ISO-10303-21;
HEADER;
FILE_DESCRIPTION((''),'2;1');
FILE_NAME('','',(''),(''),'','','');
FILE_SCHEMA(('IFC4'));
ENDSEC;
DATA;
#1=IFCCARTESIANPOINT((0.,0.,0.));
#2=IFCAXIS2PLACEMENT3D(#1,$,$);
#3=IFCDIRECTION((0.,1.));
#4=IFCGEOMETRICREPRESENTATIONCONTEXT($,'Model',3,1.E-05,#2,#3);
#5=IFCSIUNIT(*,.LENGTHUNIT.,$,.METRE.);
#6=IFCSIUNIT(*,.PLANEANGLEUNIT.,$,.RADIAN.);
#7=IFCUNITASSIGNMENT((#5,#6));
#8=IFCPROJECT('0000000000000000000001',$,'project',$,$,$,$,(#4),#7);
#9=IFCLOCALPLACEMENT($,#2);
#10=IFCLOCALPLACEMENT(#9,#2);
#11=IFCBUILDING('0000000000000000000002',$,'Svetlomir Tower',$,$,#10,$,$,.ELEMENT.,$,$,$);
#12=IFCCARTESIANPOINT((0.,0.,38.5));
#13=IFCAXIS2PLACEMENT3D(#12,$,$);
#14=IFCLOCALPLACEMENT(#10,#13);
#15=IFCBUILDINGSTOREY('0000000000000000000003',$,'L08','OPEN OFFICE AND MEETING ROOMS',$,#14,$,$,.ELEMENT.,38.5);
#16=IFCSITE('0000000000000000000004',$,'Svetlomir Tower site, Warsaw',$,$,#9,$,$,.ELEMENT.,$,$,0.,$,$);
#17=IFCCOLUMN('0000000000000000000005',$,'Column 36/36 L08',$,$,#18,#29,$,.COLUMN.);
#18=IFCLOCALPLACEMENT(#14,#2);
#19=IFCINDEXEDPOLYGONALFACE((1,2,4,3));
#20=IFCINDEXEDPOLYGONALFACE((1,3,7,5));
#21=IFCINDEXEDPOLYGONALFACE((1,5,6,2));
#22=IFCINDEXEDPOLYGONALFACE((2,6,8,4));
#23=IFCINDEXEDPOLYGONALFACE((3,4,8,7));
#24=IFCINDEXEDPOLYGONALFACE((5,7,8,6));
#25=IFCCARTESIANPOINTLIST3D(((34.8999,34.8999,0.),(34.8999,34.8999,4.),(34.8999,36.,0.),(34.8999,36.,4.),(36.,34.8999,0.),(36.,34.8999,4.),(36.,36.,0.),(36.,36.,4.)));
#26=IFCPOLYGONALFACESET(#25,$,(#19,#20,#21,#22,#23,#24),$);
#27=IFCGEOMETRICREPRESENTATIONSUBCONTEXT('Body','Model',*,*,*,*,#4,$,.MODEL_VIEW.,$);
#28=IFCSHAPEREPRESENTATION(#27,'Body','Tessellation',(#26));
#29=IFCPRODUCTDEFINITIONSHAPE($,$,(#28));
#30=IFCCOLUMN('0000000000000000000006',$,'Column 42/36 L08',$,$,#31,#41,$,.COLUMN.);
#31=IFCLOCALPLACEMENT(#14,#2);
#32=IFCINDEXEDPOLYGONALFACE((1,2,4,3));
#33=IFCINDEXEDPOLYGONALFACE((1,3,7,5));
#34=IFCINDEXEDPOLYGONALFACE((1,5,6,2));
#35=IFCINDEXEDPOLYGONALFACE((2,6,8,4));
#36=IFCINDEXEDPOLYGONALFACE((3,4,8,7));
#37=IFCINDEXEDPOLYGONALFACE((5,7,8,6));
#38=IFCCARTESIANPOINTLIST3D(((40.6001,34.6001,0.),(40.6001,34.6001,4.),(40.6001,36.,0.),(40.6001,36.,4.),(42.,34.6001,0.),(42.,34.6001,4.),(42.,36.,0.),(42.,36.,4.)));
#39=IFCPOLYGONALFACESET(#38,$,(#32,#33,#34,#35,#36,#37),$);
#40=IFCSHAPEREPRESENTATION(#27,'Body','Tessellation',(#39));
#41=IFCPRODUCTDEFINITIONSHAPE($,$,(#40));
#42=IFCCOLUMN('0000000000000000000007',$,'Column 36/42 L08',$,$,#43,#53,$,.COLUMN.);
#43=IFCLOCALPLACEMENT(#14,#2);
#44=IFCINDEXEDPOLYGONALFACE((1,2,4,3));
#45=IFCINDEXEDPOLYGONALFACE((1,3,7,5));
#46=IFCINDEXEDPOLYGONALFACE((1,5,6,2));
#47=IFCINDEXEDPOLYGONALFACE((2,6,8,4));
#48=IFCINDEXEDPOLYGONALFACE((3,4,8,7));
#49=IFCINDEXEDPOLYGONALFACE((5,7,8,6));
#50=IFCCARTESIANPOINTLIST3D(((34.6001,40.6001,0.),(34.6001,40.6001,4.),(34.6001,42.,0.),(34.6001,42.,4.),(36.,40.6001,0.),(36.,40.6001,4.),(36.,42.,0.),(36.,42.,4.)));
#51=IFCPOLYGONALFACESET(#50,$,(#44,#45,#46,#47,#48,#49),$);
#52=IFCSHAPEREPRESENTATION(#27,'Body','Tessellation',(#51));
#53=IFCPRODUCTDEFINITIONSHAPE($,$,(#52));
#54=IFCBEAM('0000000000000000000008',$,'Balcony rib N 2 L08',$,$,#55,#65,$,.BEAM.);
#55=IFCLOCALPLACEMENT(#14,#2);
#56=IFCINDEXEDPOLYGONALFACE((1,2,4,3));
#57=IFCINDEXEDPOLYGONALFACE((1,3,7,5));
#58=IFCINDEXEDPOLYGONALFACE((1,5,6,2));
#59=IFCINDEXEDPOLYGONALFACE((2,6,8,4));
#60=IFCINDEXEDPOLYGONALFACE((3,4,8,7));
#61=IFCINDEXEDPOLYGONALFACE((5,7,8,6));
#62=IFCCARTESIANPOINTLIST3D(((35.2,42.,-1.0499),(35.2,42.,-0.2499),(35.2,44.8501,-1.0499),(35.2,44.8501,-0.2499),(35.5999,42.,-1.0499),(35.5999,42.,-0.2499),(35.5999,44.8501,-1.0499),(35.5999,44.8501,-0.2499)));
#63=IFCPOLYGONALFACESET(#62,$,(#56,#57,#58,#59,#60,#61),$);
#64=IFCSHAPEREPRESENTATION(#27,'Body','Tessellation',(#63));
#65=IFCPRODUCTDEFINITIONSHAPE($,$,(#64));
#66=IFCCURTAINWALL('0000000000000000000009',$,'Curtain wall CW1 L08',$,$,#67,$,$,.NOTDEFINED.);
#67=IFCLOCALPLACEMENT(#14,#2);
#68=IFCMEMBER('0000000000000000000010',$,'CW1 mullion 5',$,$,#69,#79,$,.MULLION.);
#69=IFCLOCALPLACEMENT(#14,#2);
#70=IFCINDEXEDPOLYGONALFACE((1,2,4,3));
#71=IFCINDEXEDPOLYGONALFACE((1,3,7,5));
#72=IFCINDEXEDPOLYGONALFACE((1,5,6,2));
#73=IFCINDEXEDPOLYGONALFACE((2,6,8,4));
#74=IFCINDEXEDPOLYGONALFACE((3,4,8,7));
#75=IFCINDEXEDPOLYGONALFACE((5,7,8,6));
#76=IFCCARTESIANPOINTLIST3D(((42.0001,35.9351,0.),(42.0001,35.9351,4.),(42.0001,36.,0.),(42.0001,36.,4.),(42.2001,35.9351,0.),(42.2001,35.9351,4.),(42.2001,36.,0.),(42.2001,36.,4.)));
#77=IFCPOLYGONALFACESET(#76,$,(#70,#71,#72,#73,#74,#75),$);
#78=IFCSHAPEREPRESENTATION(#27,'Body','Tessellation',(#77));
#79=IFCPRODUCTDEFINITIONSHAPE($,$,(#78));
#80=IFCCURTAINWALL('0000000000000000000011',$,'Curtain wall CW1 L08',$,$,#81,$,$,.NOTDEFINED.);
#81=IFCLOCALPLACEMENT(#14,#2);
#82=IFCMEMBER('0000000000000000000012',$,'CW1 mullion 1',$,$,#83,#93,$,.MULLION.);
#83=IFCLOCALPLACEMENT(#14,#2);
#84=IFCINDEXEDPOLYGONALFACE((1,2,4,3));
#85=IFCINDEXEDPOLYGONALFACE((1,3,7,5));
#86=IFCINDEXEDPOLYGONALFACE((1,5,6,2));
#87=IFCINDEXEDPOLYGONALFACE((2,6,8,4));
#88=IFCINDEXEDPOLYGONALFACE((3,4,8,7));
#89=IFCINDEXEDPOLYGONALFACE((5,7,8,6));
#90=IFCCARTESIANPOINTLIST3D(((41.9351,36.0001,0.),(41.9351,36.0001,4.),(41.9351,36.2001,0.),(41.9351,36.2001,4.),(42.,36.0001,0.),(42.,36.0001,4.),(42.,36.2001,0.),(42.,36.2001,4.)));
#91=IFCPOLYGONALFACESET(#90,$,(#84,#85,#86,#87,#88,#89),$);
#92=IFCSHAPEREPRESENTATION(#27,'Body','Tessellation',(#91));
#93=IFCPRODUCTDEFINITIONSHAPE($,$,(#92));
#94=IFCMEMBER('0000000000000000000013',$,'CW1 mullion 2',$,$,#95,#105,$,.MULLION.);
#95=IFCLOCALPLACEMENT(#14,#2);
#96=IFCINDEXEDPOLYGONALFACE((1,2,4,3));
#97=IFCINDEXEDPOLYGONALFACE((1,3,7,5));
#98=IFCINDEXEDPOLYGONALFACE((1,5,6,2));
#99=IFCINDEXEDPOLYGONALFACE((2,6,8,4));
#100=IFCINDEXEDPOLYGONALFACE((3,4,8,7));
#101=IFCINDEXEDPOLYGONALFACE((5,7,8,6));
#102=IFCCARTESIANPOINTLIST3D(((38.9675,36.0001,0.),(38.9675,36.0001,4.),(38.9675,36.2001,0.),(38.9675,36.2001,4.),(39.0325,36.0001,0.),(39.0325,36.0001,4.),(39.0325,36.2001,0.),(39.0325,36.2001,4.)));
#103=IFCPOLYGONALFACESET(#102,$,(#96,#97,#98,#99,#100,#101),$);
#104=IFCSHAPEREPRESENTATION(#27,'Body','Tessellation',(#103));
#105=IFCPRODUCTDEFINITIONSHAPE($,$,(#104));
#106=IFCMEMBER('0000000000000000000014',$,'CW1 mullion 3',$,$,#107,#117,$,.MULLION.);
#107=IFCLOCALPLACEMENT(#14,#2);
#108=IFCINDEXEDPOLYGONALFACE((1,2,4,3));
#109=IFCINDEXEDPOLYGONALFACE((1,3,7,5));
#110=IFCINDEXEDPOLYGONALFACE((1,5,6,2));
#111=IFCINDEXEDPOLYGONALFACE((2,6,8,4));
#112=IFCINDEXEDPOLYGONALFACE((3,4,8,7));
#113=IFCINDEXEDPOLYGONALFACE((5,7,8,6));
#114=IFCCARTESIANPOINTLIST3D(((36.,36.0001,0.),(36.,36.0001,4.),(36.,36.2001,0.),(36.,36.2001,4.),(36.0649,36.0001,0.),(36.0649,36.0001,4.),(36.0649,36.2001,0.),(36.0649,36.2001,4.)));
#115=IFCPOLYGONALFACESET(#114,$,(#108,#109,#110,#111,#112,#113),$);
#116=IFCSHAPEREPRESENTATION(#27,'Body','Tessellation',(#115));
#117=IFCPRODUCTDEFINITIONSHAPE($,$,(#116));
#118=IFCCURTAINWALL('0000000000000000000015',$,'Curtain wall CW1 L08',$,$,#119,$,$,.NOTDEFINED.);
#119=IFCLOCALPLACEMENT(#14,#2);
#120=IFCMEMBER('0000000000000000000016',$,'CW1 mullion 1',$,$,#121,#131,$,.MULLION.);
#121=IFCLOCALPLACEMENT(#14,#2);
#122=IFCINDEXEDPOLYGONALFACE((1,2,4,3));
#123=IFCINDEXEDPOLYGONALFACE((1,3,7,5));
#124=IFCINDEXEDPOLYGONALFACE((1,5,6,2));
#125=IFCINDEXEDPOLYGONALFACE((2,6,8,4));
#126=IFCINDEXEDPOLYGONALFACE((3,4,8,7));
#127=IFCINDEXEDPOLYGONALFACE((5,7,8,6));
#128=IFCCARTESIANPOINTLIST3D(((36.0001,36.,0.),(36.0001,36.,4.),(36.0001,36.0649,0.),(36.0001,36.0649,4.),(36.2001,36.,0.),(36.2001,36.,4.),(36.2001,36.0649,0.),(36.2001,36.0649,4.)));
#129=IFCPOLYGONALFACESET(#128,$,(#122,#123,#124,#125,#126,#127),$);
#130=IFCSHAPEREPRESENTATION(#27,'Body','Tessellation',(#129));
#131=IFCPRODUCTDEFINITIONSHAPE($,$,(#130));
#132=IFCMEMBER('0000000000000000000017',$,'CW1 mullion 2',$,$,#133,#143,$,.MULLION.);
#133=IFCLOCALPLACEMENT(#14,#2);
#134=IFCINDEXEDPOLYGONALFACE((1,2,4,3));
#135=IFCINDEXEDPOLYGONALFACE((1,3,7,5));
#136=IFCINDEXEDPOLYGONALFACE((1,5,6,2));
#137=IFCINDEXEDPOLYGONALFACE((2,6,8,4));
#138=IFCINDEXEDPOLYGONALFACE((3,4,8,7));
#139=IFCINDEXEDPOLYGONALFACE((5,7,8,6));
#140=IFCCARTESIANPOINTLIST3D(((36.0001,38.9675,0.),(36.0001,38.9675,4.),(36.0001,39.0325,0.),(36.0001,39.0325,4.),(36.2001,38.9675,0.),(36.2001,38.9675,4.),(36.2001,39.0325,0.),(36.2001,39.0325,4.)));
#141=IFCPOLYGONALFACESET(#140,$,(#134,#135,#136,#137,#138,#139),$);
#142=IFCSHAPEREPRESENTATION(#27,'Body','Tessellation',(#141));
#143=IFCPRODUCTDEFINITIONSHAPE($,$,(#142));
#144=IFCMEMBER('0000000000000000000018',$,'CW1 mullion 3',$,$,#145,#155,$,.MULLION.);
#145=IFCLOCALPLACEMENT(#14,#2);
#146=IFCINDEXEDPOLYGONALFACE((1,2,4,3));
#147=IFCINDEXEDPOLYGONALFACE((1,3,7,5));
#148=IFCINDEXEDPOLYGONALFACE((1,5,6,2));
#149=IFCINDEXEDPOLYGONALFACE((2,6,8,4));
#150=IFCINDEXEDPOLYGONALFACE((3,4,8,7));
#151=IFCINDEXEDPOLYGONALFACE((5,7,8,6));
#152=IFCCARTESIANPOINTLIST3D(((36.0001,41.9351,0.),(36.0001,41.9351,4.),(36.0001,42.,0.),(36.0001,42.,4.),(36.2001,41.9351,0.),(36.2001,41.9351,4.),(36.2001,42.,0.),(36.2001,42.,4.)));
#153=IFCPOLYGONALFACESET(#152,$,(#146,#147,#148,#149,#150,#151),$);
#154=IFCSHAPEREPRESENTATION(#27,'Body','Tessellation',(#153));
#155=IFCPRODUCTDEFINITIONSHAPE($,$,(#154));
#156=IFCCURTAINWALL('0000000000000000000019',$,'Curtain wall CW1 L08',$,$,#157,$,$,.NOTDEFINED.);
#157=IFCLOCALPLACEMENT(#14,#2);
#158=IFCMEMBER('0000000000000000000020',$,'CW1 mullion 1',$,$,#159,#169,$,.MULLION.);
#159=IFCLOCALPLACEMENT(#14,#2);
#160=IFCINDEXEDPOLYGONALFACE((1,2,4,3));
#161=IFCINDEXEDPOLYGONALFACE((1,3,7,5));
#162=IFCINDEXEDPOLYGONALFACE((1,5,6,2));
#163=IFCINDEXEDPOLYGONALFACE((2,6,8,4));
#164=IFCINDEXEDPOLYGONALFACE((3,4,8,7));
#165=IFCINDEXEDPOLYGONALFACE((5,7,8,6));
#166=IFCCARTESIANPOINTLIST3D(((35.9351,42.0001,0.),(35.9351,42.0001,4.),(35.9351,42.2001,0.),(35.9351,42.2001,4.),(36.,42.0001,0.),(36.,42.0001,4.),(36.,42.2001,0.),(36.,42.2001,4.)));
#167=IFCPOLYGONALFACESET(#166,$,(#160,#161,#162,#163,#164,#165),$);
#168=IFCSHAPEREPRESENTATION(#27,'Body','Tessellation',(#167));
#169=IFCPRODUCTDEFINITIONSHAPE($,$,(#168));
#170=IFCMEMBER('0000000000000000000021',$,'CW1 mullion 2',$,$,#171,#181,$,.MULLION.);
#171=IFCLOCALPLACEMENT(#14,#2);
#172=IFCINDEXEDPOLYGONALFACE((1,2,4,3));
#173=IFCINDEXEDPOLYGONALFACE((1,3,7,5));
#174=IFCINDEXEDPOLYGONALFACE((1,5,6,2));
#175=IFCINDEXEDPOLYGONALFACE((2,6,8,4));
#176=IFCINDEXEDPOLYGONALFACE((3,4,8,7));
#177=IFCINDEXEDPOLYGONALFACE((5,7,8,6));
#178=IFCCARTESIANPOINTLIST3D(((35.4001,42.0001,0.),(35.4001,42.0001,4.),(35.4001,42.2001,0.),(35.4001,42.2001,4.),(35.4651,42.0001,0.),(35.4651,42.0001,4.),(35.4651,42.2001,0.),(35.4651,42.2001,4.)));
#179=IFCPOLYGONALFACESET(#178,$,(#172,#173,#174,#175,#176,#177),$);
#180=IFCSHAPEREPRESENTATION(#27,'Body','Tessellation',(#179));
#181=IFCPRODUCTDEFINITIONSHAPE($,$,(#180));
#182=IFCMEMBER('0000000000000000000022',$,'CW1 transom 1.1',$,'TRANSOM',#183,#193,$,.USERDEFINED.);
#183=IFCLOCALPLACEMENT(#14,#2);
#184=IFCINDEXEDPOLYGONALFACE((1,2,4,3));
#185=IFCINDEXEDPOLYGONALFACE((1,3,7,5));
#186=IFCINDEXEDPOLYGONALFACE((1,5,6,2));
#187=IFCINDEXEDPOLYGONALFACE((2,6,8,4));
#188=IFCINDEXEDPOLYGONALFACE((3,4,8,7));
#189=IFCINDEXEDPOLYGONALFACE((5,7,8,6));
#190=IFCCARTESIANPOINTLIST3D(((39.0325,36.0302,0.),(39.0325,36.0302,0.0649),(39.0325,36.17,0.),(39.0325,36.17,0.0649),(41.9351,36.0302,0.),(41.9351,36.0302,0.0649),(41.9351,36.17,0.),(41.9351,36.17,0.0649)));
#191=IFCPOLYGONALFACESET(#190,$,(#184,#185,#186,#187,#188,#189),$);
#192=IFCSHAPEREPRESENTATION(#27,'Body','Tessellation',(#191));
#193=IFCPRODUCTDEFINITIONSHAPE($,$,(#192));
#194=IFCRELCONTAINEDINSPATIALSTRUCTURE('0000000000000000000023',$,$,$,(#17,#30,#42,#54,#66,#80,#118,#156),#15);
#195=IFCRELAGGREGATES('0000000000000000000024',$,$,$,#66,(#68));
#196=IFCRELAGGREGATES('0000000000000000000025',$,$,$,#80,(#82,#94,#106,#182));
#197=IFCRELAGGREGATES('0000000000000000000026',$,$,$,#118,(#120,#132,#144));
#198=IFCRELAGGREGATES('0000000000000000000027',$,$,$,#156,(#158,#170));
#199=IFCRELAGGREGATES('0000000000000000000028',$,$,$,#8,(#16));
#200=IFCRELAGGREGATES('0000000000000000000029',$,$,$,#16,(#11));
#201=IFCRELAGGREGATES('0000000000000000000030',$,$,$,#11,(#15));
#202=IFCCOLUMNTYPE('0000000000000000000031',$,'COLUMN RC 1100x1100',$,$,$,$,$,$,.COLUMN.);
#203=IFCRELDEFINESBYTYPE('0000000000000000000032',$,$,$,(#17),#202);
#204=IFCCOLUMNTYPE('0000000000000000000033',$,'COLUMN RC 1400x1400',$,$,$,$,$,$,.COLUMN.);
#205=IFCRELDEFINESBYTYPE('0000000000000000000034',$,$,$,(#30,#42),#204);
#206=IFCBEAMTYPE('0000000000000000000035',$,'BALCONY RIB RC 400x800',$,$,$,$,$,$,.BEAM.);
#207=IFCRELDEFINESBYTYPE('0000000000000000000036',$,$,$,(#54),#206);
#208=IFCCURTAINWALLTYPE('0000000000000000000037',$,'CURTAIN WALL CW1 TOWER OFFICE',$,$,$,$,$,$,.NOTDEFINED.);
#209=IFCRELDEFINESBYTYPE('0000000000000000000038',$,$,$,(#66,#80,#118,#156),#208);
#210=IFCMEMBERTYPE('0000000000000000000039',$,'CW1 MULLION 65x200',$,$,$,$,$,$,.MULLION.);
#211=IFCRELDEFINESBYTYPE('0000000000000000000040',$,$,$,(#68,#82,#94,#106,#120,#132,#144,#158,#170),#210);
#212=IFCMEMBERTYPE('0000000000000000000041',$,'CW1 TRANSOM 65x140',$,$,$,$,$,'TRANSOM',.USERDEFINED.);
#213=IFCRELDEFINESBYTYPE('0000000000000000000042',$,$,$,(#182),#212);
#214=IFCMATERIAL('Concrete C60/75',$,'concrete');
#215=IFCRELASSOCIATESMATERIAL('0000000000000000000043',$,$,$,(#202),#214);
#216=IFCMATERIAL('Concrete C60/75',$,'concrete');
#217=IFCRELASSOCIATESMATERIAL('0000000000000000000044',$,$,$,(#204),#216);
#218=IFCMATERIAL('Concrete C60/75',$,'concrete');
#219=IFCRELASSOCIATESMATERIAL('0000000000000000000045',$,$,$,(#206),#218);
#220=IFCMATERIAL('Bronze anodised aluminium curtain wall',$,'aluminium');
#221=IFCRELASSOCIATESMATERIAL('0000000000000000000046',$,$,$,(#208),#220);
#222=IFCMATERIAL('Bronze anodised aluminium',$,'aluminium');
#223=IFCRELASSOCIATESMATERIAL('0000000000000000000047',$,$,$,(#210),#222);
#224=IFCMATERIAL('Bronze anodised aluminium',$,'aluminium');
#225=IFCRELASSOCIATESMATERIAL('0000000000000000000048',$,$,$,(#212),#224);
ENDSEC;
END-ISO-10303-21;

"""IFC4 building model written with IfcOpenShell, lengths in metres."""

from ifc_helpers import new_model, si_unit, direction, frame, origin, origin_2d, place, context, subcontext, project, spatial, rectangle, extrude, material, material_profile, profile_set, type_object, element, aggregate, save


model = new_model("IFC4")

# Units and contexts
model_context = context("Model", 3, precision=1e-05, world=origin(), true_north=direction((0.0, 1.0)))
body_context = subcontext(model_context, "Body", "Model", "MODEL_VIEW")
ifc_project = project(units=[si_unit("LENGTHUNIT", "METRE"), si_unit("PLANEANGLEUNIT", "RADIAN")], contexts=[model_context])

# Site, building, storey
site_placement = place(None, origin())
site = spatial("IfcSite", under=ifc_project, at=site_placement, Name="Svetlomir Tower site, Warsaw", CompositionType="ELEMENT", RefElevation=0.0)
building_placement = place(site_placement, origin())
building = spatial("IfcBuilding", under=site, at=building_placement, Name="Svetlomir Tower", CompositionType="ELEMENT")
storey_placement = place(building_placement, frame((0.0, 0.0, 38.5)))
storey = spatial("IfcBuildingStorey", under=building, at=storey_placement, Name="L08", Description="OPEN OFFICE AND MEETING ROOMS", CompositionType="ELEMENT", Elevation=38.5)

# Columns
ifc_material_1 = material(Name="Concrete C60/75", Category="concrete")
ifc_material_profile_1 = material_profile(ifc_material_1, rectangle(XDim=1.1001, YDim=1.1001, at=origin_2d()), Name="RC 1100x1100")
ifc_profile_set_1 = profile_set([ifc_material_profile_1], Name="Concrete C60/75")
column_type_1 = type_object("IfcColumnType", Name="COLUMN RC 1100x1100", PredefinedType="COLUMN", material=ifc_profile_set_1)
column_placement = place(storey_placement, frame((35.45, 35.45, 0.0), z_axis=(0.0, 0.0, 1.0), x_axis=(1.0, 0.0, 0.0)))
element("IfcColumn", 1, at=column_placement, inside=storey, type_object=column_type_1, Name="Column 36/36 L08", PredefinedType="COLUMN", context=body_context, shape_type="SweptSolid", body=[
    extrude(rectangle(XDim=1.1001, YDim=1.1001, at=origin_2d()), origin(), (0.0, 0.0, 1.0), 4.0),
])
ifc_material_2 = material(Name="Concrete C60/75", Category="concrete")
ifc_material_profile_2 = material_profile(ifc_material_2, rectangle(XDim=1.3999, YDim=1.3999, at=origin_2d()), Name="RC 1400x1400")
ifc_profile_set_2 = profile_set([ifc_material_profile_2], Name="Concrete C60/75")
column_type_2 = type_object("IfcColumnType", Name="COLUMN RC 1400x1400", PredefinedType="COLUMN", material=ifc_profile_set_2)
for number, where, z_axis, x_axis, name in (
    (2, (41.3, 35.3, 0.0), (0.0, 0.0, 1.0), (1.0, 0.0, 0.0), "Column 42/36 L08"),
    (3, (35.3, 41.3, 0.0), (0.0, 0.0, 1.0), (1.0, 0.0, 0.0), "Column 36/42 L08"),
):
    element("IfcColumn", number, at=place(storey_placement, frame(where, z_axis=z_axis, x_axis=x_axis)), inside=storey, type_object=column_type_2, Name=name, PredefinedType="COLUMN", context=body_context, shape_type="SweptSolid", body=[
        extrude(rectangle(XDim=1.3999, YDim=1.3999, at=origin_2d()), origin(), (0.0, 0.0, 1.0), 4.0),
    ])

# Beam
ifc_material_3 = material(Name="Concrete C60/75", Category="concrete")
ifc_material_profile_3 = material_profile(ifc_material_3, rectangle(XDim=0.3999, YDim=0.8, at=origin_2d()), Name="RC 400x800")
ifc_profile_set_3 = profile_set([ifc_material_profile_3], Name="Concrete C60/75")
beam_type_1 = type_object("IfcBeamType", Name="BALCONY RIB RC 400x800", PredefinedType="BEAM", material=ifc_profile_set_3)
beam_placement = place(storey_placement, frame((35.3999, 42.0, -0.6499), z_axis=(0.0, 1.0, 0.0), x_axis=(-1.0, 0.0, 0.0)))
element("IfcBeam", 4, at=beam_placement, inside=storey, type_object=beam_type_1, Name="Balcony rib N 2 L08", PredefinedType="BEAM", context=body_context, shape_type="SweptSolid", body=[
    extrude(rectangle(XDim=0.3999, YDim=0.8, at=origin_2d()), origin(), (0.0, 0.0, 1.0), 2.8501),
])

# Curtain wall, member
ifc_material_4 = material(Name="Bronze anodised aluminium curtain wall", Category="aluminium")
curtain_wall_type = type_object("IfcCurtainWallType", Name="CURTAIN WALL CW1 TOWER OFFICE", PredefinedType="NOTDEFINED", material=ifc_material_4)
curtain_wall_1_placement = place(storey_placement, origin())
curtain_wall_1 = element("IfcCurtainWall", 5, at=curtain_wall_1_placement, inside=storey, type_object=curtain_wall_type, Name="Curtain wall CW1 L08", PredefinedType="NOTDEFINED")
ifc_material_5 = material(Name="Bronze anodised aluminium", Category="aluminium")
ifc_material_profile_4 = material_profile(ifc_material_5, rectangle(XDim=0.0649, YDim=0.2, at=origin_2d()), Name="AL 65x200")
ifc_profile_set_4 = profile_set([ifc_material_profile_4], Name="Bronze anodised aluminium 6063-T6")
member_type_1 = type_object("IfcMemberType", Name="CW1 MULLION 65x200", PredefinedType="MULLION", material=ifc_profile_set_4)
member_1_placement = place(storey_placement, frame((42.1001, 35.9675, 0.0), z_axis=(0.0, 0.0, 1.0), x_axis=(0.0, 1.0, 0.0)))
member_1 = element("IfcMember", 6, at=member_1_placement, type_object=member_type_1, Name="CW1 mullion 5", PredefinedType="MULLION", context=body_context, shape_type="SweptSolid", body=[
    extrude(rectangle(XDim=0.0649, YDim=0.2, at=origin_2d()), origin(), (0.0, 0.0, 1.0), 4.0),
])
aggregate(curtain_wall_1, [member_1])

# Curtain walls, members
curtain_wall_2_placement = place(storey_placement, origin())
curtain_wall_2 = element("IfcCurtainWall", 7, at=curtain_wall_2_placement, inside=storey, type_object=curtain_wall_type, Name="Curtain wall CW1 L08", PredefinedType="NOTDEFINED")
member_2_placement = place(storey_placement, frame((41.9675, 36.1001, 0.0), z_axis=(0.0, 0.0, 1.0), x_axis=(-1.0, 0.0, 0.0)))
member_2 = element("IfcMember", 8, at=member_2_placement, type_object=member_type_1, Name="CW1 mullion 1", PredefinedType="MULLION", context=body_context, shape_type="SweptSolid", body=[
    extrude(rectangle(XDim=0.0649, YDim=0.2, at=origin_2d()), origin(), (0.0, 0.0, 1.0), 4.0),
])
member_3_placement = place(storey_placement, frame((39.0, 36.1001, 0.0), z_axis=(0.0, 0.0, 1.0), x_axis=(-1.0, 0.0, 0.0)))
member_3 = element("IfcMember", 9, at=member_3_placement, type_object=member_type_1, Name="CW1 mullion 2", PredefinedType="MULLION", context=body_context, shape_type="SweptSolid", body=[
    extrude(rectangle(XDim=0.0649, YDim=0.2, at=origin_2d()), origin(), (0.0, 0.0, 1.0), 4.0),
])
member_4_placement = place(storey_placement, frame((36.0325, 36.1001, 0.0), z_axis=(0.0, 0.0, 1.0), x_axis=(-1.0, 0.0, 0.0)))
member_4 = element("IfcMember", 10, at=member_4_placement, type_object=member_type_1, Name="CW1 mullion 3", PredefinedType="MULLION", context=body_context, shape_type="SweptSolid", body=[
    extrude(rectangle(XDim=0.0649, YDim=0.2, at=origin_2d()), origin(), (0.0, 0.0, 1.0), 4.0),
])
curtain_wall_3_placement = place(storey_placement, origin())
curtain_wall_3 = element("IfcCurtainWall", 11, at=curtain_wall_3_placement, inside=storey, type_object=curtain_wall_type, Name="Curtain wall CW1 L08", PredefinedType="NOTDEFINED")
member_5_placement = place(storey_placement, frame((36.1001, 36.0325, 0.0), z_axis=(0.0, 0.0, 1.0), x_axis=(0.0, 1.0, 0.0)))
member_5 = element("IfcMember", 12, at=member_5_placement, type_object=member_type_1, Name="CW1 mullion 1", PredefinedType="MULLION", context=body_context, shape_type="SweptSolid", body=[
    extrude(rectangle(XDim=0.0649, YDim=0.2, at=origin_2d()), origin(), (0.0, 0.0, 1.0), 4.0),
])
member_6_placement = place(storey_placement, frame((36.1001, 39.0, 0.0), z_axis=(0.0, 0.0, 1.0), x_axis=(0.0, 1.0, 0.0)))
member_6 = element("IfcMember", 13, at=member_6_placement, type_object=member_type_1, Name="CW1 mullion 2", PredefinedType="MULLION", context=body_context, shape_type="SweptSolid", body=[
    extrude(rectangle(XDim=0.0649, YDim=0.2, at=origin_2d()), origin(), (0.0, 0.0, 1.0), 4.0),
])
member_7_placement = place(storey_placement, frame((36.1001, 41.9675, 0.0), z_axis=(0.0, 0.0, 1.0), x_axis=(0.0, 1.0, 0.0)))
member_7 = element("IfcMember", 14, at=member_7_placement, type_object=member_type_1, Name="CW1 mullion 3", PredefinedType="MULLION", context=body_context, shape_type="SweptSolid", body=[
    extrude(rectangle(XDim=0.0649, YDim=0.2, at=origin_2d()), origin(), (0.0, 0.0, 1.0), 4.0),
])
curtain_wall_4_placement = place(storey_placement, origin())
curtain_wall_4 = element("IfcCurtainWall", 15, at=curtain_wall_4_placement, inside=storey, type_object=curtain_wall_type, Name="Curtain wall CW1 L08", PredefinedType="NOTDEFINED")
member_8_placement = place(storey_placement, frame((35.9675, 42.1001, 0.0), z_axis=(0.0, 0.0, 1.0), x_axis=(-1.0, 0.0, 0.0)))
member_8 = element("IfcMember", 16, at=member_8_placement, type_object=member_type_1, Name="CW1 mullion 1", PredefinedType="MULLION", context=body_context, shape_type="SweptSolid", body=[
    extrude(rectangle(XDim=0.0649, YDim=0.2, at=origin_2d()), origin(), (0.0, 0.0, 1.0), 4.0),
])
member_9_placement = place(storey_placement, frame((35.4326, 42.1001, 0.0), z_axis=(0.0, 0.0, 1.0), x_axis=(-1.0, 0.0, 0.0)))
member_9 = element("IfcMember", 17, at=member_9_placement, type_object=member_type_1, Name="CW1 mullion 2", PredefinedType="MULLION", context=body_context, shape_type="SweptSolid", body=[
    extrude(rectangle(XDim=0.0649, YDim=0.2, at=origin_2d()), origin(), (0.0, 0.0, 1.0), 4.0),
])

# Member
ifc_material_6 = material(Name="Bronze anodised aluminium", Category="aluminium")
ifc_material_profile_5 = material_profile(ifc_material_6, rectangle(XDim=0.1399, YDim=0.0649, at=origin_2d()), Name="AL 140x65")
ifc_profile_set_5 = profile_set([ifc_material_profile_5], Name="Bronze anodised aluminium 6063-T6")
member_type_2 = type_object("IfcMemberType", Name="CW1 TRANSOM 65x140", ElementType="TRANSOM", PredefinedType="USERDEFINED", material=ifc_profile_set_5)
member_10_placement = place(storey_placement, frame((41.9351, 36.1001, 0.0325), z_axis=(-1.0, 0.0, 0.0), x_axis=(0.0, -1.0, 0.0)))
member_10 = element("IfcMember", 18, at=member_10_placement, type_object=member_type_2, Name="CW1 transom 1.1", ObjectType="TRANSOM", PredefinedType="USERDEFINED", context=body_context, shape_type="SweptSolid", body=[
    extrude(rectangle(XDim=0.1399, YDim=0.0649, at=origin_2d()), origin(), (0.0, 0.0, 1.0), 2.9026),
])

aggregate(curtain_wall_2, [member_2, member_3, member_4, member_10])
aggregate(curtain_wall_3, [member_5, member_6, member_7])
aggregate(curtain_wall_4, [member_8, member_9])

save(model, "model.ifc")
